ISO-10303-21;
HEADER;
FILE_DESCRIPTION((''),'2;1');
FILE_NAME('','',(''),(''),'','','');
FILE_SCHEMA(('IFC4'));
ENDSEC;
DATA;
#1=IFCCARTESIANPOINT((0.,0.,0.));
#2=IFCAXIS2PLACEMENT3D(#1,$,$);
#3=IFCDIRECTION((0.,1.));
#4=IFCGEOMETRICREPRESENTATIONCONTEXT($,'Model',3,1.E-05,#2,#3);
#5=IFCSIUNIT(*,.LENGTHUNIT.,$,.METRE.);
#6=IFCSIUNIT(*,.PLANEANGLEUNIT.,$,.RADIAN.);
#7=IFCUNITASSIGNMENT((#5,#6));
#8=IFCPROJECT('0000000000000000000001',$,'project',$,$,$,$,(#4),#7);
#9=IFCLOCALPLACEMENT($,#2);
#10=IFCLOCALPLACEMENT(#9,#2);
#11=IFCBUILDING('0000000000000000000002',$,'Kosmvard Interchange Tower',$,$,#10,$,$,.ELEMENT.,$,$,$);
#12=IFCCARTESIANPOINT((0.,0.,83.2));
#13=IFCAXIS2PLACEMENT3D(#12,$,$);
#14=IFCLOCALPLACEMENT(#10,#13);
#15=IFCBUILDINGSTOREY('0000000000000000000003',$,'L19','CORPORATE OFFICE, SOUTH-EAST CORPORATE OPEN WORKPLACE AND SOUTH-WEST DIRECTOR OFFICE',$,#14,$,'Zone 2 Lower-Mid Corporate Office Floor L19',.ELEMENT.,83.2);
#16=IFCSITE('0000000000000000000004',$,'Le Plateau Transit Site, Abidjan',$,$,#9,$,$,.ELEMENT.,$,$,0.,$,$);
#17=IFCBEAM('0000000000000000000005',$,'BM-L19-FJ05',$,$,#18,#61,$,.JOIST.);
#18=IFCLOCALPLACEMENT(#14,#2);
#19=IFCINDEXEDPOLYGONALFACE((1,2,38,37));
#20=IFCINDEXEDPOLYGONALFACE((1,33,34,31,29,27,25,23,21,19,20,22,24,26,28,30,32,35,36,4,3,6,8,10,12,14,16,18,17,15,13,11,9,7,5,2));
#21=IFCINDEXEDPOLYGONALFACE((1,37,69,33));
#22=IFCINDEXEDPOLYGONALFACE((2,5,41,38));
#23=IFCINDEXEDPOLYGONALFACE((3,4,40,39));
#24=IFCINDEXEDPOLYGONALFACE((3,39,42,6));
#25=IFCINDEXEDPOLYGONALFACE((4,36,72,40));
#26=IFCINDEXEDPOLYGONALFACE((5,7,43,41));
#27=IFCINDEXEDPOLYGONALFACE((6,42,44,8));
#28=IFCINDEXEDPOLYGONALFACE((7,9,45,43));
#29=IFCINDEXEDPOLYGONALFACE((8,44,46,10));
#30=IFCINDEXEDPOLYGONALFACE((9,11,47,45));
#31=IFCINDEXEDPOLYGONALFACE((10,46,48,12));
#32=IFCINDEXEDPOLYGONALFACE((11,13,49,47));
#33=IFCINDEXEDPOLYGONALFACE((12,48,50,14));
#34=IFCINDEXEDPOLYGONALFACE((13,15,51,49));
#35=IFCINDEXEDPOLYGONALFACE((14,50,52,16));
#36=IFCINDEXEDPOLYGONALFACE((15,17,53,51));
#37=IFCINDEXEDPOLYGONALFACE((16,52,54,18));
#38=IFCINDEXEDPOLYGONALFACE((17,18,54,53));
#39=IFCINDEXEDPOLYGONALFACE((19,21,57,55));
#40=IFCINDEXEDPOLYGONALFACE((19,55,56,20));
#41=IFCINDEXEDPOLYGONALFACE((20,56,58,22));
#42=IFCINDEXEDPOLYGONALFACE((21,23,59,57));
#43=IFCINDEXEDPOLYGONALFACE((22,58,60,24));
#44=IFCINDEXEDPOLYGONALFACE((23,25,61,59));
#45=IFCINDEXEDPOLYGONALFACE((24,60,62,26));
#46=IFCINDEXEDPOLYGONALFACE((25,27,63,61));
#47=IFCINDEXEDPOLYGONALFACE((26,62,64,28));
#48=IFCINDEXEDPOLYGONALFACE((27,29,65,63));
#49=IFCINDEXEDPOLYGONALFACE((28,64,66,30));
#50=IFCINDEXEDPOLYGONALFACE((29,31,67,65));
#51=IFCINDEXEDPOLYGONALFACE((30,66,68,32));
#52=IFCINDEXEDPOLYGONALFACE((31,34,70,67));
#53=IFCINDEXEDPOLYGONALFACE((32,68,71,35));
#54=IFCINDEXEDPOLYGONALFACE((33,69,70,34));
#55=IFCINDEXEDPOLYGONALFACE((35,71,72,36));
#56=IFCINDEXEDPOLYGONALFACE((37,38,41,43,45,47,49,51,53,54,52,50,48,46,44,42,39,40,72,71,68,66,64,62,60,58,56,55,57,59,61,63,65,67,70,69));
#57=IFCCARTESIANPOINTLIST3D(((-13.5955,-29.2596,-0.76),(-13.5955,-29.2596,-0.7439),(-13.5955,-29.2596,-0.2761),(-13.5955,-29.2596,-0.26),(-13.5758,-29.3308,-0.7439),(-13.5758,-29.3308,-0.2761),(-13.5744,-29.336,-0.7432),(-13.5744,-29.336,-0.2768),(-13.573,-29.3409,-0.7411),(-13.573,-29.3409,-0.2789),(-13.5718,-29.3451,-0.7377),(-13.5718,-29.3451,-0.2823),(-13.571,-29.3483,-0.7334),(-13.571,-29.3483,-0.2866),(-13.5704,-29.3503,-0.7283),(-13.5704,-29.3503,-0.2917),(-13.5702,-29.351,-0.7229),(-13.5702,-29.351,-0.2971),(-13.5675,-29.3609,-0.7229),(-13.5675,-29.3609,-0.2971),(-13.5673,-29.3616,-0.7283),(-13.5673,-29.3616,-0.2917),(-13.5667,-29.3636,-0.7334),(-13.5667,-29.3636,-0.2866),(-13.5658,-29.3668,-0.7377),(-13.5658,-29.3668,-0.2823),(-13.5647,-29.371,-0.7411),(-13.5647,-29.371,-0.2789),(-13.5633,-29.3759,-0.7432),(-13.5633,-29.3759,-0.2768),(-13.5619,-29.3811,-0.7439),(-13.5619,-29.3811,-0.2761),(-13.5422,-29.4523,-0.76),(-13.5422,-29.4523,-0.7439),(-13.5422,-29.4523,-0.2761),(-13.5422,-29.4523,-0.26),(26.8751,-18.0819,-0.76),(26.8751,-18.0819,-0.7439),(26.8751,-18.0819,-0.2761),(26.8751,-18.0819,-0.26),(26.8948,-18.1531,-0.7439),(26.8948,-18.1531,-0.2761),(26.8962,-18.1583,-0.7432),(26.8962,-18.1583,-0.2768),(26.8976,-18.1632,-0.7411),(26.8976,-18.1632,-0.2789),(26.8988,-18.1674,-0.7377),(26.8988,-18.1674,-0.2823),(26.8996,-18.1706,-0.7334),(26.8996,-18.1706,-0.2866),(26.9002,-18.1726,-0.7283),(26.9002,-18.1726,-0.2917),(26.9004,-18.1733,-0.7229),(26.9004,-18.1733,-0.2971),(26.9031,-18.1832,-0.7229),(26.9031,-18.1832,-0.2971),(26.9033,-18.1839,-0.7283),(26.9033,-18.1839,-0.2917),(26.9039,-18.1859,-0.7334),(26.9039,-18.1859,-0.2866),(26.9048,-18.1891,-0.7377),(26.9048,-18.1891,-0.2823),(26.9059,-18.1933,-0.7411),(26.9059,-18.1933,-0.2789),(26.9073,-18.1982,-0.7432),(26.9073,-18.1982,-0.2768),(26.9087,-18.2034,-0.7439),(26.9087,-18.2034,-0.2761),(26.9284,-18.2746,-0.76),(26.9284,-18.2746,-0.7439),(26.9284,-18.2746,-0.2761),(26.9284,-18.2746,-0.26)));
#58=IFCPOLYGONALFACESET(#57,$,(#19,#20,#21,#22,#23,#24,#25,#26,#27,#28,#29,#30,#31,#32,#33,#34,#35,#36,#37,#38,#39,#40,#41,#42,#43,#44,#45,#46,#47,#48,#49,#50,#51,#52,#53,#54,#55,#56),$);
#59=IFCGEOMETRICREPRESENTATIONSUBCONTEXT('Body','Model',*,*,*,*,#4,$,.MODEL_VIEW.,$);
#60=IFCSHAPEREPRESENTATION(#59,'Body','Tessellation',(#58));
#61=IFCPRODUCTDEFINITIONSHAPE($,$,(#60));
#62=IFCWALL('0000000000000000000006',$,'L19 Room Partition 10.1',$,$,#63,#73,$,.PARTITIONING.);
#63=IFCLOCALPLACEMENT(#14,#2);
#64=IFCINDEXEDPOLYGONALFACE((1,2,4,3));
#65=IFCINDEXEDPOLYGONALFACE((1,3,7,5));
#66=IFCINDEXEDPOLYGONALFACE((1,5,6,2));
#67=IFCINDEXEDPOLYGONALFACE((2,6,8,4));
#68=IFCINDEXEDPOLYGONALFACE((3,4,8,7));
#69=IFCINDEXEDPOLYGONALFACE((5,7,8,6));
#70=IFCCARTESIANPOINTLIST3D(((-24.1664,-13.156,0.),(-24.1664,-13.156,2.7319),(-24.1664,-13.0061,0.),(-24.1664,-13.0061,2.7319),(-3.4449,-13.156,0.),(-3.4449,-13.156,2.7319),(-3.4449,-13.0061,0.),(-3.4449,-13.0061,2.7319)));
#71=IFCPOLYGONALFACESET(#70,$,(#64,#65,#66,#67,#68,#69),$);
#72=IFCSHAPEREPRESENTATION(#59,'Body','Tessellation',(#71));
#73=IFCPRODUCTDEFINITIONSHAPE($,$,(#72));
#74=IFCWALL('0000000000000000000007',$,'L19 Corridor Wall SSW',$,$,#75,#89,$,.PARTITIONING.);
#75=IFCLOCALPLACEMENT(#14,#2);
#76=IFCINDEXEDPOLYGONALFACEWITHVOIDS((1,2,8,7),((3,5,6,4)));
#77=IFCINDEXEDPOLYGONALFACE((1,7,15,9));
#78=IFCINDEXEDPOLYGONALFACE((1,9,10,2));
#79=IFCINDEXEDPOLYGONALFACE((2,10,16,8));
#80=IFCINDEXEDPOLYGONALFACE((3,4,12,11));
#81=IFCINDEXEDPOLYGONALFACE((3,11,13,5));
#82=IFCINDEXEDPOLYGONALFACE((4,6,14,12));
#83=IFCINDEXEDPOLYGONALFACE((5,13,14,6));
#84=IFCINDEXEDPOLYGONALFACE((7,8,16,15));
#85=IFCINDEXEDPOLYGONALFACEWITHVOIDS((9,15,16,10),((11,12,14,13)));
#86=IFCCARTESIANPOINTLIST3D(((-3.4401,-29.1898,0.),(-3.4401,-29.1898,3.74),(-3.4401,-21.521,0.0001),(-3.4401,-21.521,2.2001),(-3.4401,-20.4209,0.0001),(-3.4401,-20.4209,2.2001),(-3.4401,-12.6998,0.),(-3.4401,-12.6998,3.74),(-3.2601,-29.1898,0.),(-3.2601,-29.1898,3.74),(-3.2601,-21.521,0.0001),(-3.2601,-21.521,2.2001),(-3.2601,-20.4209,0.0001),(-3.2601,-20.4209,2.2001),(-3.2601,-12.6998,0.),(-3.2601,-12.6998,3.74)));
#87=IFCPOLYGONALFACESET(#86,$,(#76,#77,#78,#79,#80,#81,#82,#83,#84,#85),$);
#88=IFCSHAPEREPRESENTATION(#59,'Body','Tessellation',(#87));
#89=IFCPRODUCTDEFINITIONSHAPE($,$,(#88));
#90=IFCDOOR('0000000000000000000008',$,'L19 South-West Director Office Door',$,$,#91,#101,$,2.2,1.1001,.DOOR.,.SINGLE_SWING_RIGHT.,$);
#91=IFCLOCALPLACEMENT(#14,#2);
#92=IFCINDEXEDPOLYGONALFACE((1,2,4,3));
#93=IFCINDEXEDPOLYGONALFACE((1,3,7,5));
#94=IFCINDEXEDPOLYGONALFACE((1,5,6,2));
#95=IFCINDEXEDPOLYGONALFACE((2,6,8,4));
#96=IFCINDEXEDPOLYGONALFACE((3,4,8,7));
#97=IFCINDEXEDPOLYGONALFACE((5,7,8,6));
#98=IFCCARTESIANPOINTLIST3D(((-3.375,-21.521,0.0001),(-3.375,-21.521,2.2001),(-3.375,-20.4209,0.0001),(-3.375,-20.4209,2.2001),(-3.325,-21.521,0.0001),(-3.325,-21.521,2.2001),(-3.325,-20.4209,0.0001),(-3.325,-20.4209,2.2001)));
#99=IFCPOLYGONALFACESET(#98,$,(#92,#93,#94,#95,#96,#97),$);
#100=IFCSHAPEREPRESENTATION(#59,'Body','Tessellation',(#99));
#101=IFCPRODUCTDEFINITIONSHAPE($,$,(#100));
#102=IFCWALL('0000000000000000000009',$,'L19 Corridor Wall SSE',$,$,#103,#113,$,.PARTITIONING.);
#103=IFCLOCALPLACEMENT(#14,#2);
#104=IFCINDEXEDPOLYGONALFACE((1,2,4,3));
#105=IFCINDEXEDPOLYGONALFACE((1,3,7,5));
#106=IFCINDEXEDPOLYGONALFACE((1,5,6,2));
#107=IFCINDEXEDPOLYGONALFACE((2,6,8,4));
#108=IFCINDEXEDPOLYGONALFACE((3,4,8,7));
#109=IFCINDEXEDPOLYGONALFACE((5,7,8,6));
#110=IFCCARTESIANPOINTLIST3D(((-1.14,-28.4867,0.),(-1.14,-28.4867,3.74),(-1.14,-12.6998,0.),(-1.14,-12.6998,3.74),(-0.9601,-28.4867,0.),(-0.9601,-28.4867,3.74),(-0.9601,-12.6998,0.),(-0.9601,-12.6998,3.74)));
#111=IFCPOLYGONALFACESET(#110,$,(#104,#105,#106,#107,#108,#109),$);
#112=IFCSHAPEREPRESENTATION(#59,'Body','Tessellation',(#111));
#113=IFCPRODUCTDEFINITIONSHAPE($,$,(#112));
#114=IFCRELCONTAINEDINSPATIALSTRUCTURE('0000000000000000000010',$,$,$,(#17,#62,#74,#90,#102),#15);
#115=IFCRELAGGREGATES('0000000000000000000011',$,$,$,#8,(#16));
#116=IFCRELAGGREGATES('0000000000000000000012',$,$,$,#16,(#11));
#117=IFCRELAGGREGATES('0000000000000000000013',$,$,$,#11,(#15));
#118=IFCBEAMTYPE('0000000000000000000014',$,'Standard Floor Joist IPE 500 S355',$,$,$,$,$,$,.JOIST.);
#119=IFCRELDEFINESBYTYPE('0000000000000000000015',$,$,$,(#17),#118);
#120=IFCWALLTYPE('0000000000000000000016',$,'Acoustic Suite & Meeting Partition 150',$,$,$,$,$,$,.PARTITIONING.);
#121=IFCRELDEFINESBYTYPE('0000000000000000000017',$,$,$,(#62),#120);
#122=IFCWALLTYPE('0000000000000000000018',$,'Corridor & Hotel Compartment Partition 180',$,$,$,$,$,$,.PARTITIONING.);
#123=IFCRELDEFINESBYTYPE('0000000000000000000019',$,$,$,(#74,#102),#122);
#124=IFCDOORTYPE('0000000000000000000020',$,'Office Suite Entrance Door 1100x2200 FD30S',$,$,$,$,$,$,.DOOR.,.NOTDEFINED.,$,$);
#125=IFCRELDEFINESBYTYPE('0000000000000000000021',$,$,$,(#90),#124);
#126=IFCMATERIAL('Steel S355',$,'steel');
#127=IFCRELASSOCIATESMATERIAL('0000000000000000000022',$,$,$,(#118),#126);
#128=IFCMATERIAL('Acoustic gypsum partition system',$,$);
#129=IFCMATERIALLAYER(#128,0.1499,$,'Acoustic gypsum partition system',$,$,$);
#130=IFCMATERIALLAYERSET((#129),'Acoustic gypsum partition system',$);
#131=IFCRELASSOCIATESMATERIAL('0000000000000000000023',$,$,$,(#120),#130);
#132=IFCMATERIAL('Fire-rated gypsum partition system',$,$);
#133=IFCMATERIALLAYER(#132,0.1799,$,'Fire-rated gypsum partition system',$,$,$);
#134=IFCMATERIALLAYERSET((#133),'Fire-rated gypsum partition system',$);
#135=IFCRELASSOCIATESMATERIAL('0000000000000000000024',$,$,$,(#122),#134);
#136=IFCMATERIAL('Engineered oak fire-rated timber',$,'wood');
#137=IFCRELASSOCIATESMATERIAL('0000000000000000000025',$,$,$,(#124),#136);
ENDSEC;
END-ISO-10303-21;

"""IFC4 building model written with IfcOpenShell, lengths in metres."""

from ifc_helpers import new_model, si_unit, direction, frame, frame_2d, origin, origin_2d, place, context, subcontext, project, spatial, rectangle, i_section, extrude, source, transform, mapped, material, layer, layer_set, material_profile, profile_set, type_object, element, fill, save


model = new_model("IFC4")

# Units and contexts
model_context = context("Model", 3, precision=1e-05, world=origin(), true_north=direction((0.0, 1.0)))
body_context = subcontext(model_context, "Body", "Model", "MODEL_VIEW")
ifc_project = project(units=[si_unit("LENGTHUNIT", "METRE"), si_unit("PLANEANGLEUNIT", "RADIAN")], contexts=[model_context])

# Site, building, storey
site_placement = place(None, origin())
site = spatial("IfcSite", under=ifc_project, at=site_placement, Name="Le Plateau Transit Site, Abidjan", CompositionType="ELEMENT", RefElevation=0.0)
building_placement = place(site_placement, origin())
building = spatial("IfcBuilding", under=site, at=building_placement, Name="Kosmvard Interchange Tower", CompositionType="ELEMENT")
storey_placement = place(building_placement, frame((0.0, 0.0, 83.2)))
storey = spatial("IfcBuildingStorey", under=building, at=storey_placement, Name="L19", Description="CORPORATE OFFICE, SOUTH-EAST CORPORATE OPEN WORKPLACE AND SOUTH-WEST DIRECTOR OFFICE", LongName="Zone 2 Lower-Mid Corporate Office Floor L19", CompositionType="ELEMENT", Elevation=83.2)

# Beam
ifc_material_1 = material(Name="Steel S355", Category="steel")
ifc_material_profile_1 = material_profile(ifc_material_1, i_section(OverallWidth=0.2, OverallDepth=0.5, WebThickness=0.0103, FlangeThickness=0.0161, FilletRadius=0.021, at=origin_2d()), Name="IPE 500")
ifc_profile_set_1 = profile_set([ifc_material_profile_1], Name="Steel S355")
beam_type_1 = type_object("IfcBeamType", Name="Standard Floor Joist IPE 500 S355", PredefinedType="JOIST", material=ifc_profile_set_1)
shared_shape_1 = source(origin(), body_context, "Body", "SweptSolid", [
    extrude(i_section(OverallWidth=0.2, OverallDepth=0.5, WebThickness=0.0103, FlangeThickness=0.0161, FilletRadius=0.021, at=origin_2d()), origin(), (0.0, 0.0, 1.0), 41.9858),
])
beam_1_placement = place(storey_placement, frame((-13.5688, -29.356, -0.51), z_axis=(0.963911, 0.266226, 0.0), x_axis=(-0.266226, 0.963911, 0.0)))
element("IfcBeam", 1, at=beam_1_placement, inside=storey, type_object=beam_type_1, Name="BM-L19-FJ05", PredefinedType="JOIST", context=body_context, shape_type="MappedRepresentation", body=[
    mapped(shared_shape_1, transform((0.0, 0.0, 0.0), scale=1.0)),
])

# Wall
ifc_material_2 = material(Name="Acoustic gypsum partition system")
ifc_layer_1 = layer(ifc_material_2, 0.1499, Name="Acoustic gypsum partition system")
ifc_layer_set_1 = layer_set([ifc_layer_1], Name="Acoustic gypsum partition system")
wall_type_1 = type_object("IfcWallType", Name="Acoustic Suite & Meeting Partition 150", PredefinedType="PARTITIONING", material=ifc_layer_set_1)
wall_1_placement = place(storey_placement, frame((-24.1665, -13.0811, 0.0), z_axis=(0.0, 0.0, 1.0), x_axis=(1.0, 0.0, 0.0)))
element("IfcWall", 2, at=wall_1_placement, inside=storey, type_object=wall_type_1, Name="L19 Room Partition 10.1", PredefinedType="PARTITIONING", context=body_context, shape_type="SweptSolid", body=[
    extrude(rectangle(XDim=20.7214, YDim=0.1499, at=frame_2d((10.3608, 0.0))), origin(), (0.0, 0.0, 1.0), 2.7319),
])

# Wall, opening, door
ifc_material_3 = material(Name="Fire-rated gypsum partition system")
ifc_layer_2 = layer(ifc_material_3, 0.1799, Name="Fire-rated gypsum partition system")
ifc_layer_set_2 = layer_set([ifc_layer_2], Name="Fire-rated gypsum partition system")
wall_type_2 = type_object("IfcWallType", Name="Corridor & Hotel Compartment Partition 180", PredefinedType="PARTITIONING", material=ifc_layer_set_2)
wall_2_placement = place(storey_placement, frame((-3.3501, -29.1899, 0.0), z_axis=(0.0, 0.0, 1.0), x_axis=(0.0, 1.0, 0.0)))
wall_2 = element("IfcWall", 3, at=wall_2_placement, inside=storey, type_object=wall_type_2, Name="L19 Corridor Wall SSW", PredefinedType="PARTITIONING", context=body_context, shape_type="SweptSolid", body=[
    extrude(rectangle(XDim=16.49, YDim=0.1799, at=frame_2d((8.2451, 0.0))), origin(), (0.0, 0.0, 1.0), 3.74),
])
opening_1_placement = place(wall_2_placement, frame((7.6689, 0.0, 0.0)))
opening_1 = element("IfcOpeningElement", 4, at=opening_1_placement, cuts=wall_2, PredefinedType="OPENING", context=body_context, shape_type="SweptSolid", body=[
    extrude(rectangle(XDim=1.1001, YDim=2.2, at=frame_2d((0.55, 1.1001))), frame((0.0, 0.1001, 0.0), z_axis=(0.0, -1.0, 0.0), x_axis=(1.0, 0.0, 0.0)), (0.0, 0.0, 1.0), 0.2),
])
ifc_material_4 = material(Name="Engineered oak fire-rated timber", Category="wood")
door_type = type_object("IfcDoorType", Name="Office Suite Entrance Door 1100x2200 FD30S", OperationType="NOTDEFINED", PredefinedType="DOOR", material=ifc_material_4)
shared_shape_2 = source(origin(), body_context, "Body", "SweptSolid", [
    extrude(rectangle(XDim=1.1001, YDim=2.2, at=frame_2d((0.55, 1.1001))), frame((0.0, 0.0249, 0.0), z_axis=(0.0, -1.0, 0.0), x_axis=(1.0, 0.0, 0.0)), (0.0, 0.0, 1.0), 0.05),
])
door_placement = place(opening_1_placement, origin())
door = element("IfcDoor", 5, at=door_placement, inside=storey, type_object=door_type, Name="L19 South-West Director Office Door", OperationType="SINGLE_SWING_RIGHT", OverallHeight=2.2, OverallWidth=1.1001, PredefinedType="DOOR", context=body_context, shape_type="MappedRepresentation", body=[
    mapped(shared_shape_2, transform((0.0, 0.0, 0.0), scale=1.0)),
])
fill(opening_1, door)

# Wall
wall_3_placement = place(storey_placement, frame((-1.05, -28.4868, 0.0), z_axis=(0.0, 0.0, 1.0), x_axis=(0.0, 1.0, 0.0)))
element("IfcWall", 6, at=wall_3_placement, inside=storey, type_object=wall_type_2, Name="L19 Corridor Wall SSE", PredefinedType="PARTITIONING", context=body_context, shape_type="SweptSolid", body=[
    extrude(rectangle(XDim=15.7869, YDim=0.1799, at=frame_2d((7.8936, 0.0))), origin(), (0.0, 0.0, 1.0), 3.74),
])

save(model, "model.ifc")
